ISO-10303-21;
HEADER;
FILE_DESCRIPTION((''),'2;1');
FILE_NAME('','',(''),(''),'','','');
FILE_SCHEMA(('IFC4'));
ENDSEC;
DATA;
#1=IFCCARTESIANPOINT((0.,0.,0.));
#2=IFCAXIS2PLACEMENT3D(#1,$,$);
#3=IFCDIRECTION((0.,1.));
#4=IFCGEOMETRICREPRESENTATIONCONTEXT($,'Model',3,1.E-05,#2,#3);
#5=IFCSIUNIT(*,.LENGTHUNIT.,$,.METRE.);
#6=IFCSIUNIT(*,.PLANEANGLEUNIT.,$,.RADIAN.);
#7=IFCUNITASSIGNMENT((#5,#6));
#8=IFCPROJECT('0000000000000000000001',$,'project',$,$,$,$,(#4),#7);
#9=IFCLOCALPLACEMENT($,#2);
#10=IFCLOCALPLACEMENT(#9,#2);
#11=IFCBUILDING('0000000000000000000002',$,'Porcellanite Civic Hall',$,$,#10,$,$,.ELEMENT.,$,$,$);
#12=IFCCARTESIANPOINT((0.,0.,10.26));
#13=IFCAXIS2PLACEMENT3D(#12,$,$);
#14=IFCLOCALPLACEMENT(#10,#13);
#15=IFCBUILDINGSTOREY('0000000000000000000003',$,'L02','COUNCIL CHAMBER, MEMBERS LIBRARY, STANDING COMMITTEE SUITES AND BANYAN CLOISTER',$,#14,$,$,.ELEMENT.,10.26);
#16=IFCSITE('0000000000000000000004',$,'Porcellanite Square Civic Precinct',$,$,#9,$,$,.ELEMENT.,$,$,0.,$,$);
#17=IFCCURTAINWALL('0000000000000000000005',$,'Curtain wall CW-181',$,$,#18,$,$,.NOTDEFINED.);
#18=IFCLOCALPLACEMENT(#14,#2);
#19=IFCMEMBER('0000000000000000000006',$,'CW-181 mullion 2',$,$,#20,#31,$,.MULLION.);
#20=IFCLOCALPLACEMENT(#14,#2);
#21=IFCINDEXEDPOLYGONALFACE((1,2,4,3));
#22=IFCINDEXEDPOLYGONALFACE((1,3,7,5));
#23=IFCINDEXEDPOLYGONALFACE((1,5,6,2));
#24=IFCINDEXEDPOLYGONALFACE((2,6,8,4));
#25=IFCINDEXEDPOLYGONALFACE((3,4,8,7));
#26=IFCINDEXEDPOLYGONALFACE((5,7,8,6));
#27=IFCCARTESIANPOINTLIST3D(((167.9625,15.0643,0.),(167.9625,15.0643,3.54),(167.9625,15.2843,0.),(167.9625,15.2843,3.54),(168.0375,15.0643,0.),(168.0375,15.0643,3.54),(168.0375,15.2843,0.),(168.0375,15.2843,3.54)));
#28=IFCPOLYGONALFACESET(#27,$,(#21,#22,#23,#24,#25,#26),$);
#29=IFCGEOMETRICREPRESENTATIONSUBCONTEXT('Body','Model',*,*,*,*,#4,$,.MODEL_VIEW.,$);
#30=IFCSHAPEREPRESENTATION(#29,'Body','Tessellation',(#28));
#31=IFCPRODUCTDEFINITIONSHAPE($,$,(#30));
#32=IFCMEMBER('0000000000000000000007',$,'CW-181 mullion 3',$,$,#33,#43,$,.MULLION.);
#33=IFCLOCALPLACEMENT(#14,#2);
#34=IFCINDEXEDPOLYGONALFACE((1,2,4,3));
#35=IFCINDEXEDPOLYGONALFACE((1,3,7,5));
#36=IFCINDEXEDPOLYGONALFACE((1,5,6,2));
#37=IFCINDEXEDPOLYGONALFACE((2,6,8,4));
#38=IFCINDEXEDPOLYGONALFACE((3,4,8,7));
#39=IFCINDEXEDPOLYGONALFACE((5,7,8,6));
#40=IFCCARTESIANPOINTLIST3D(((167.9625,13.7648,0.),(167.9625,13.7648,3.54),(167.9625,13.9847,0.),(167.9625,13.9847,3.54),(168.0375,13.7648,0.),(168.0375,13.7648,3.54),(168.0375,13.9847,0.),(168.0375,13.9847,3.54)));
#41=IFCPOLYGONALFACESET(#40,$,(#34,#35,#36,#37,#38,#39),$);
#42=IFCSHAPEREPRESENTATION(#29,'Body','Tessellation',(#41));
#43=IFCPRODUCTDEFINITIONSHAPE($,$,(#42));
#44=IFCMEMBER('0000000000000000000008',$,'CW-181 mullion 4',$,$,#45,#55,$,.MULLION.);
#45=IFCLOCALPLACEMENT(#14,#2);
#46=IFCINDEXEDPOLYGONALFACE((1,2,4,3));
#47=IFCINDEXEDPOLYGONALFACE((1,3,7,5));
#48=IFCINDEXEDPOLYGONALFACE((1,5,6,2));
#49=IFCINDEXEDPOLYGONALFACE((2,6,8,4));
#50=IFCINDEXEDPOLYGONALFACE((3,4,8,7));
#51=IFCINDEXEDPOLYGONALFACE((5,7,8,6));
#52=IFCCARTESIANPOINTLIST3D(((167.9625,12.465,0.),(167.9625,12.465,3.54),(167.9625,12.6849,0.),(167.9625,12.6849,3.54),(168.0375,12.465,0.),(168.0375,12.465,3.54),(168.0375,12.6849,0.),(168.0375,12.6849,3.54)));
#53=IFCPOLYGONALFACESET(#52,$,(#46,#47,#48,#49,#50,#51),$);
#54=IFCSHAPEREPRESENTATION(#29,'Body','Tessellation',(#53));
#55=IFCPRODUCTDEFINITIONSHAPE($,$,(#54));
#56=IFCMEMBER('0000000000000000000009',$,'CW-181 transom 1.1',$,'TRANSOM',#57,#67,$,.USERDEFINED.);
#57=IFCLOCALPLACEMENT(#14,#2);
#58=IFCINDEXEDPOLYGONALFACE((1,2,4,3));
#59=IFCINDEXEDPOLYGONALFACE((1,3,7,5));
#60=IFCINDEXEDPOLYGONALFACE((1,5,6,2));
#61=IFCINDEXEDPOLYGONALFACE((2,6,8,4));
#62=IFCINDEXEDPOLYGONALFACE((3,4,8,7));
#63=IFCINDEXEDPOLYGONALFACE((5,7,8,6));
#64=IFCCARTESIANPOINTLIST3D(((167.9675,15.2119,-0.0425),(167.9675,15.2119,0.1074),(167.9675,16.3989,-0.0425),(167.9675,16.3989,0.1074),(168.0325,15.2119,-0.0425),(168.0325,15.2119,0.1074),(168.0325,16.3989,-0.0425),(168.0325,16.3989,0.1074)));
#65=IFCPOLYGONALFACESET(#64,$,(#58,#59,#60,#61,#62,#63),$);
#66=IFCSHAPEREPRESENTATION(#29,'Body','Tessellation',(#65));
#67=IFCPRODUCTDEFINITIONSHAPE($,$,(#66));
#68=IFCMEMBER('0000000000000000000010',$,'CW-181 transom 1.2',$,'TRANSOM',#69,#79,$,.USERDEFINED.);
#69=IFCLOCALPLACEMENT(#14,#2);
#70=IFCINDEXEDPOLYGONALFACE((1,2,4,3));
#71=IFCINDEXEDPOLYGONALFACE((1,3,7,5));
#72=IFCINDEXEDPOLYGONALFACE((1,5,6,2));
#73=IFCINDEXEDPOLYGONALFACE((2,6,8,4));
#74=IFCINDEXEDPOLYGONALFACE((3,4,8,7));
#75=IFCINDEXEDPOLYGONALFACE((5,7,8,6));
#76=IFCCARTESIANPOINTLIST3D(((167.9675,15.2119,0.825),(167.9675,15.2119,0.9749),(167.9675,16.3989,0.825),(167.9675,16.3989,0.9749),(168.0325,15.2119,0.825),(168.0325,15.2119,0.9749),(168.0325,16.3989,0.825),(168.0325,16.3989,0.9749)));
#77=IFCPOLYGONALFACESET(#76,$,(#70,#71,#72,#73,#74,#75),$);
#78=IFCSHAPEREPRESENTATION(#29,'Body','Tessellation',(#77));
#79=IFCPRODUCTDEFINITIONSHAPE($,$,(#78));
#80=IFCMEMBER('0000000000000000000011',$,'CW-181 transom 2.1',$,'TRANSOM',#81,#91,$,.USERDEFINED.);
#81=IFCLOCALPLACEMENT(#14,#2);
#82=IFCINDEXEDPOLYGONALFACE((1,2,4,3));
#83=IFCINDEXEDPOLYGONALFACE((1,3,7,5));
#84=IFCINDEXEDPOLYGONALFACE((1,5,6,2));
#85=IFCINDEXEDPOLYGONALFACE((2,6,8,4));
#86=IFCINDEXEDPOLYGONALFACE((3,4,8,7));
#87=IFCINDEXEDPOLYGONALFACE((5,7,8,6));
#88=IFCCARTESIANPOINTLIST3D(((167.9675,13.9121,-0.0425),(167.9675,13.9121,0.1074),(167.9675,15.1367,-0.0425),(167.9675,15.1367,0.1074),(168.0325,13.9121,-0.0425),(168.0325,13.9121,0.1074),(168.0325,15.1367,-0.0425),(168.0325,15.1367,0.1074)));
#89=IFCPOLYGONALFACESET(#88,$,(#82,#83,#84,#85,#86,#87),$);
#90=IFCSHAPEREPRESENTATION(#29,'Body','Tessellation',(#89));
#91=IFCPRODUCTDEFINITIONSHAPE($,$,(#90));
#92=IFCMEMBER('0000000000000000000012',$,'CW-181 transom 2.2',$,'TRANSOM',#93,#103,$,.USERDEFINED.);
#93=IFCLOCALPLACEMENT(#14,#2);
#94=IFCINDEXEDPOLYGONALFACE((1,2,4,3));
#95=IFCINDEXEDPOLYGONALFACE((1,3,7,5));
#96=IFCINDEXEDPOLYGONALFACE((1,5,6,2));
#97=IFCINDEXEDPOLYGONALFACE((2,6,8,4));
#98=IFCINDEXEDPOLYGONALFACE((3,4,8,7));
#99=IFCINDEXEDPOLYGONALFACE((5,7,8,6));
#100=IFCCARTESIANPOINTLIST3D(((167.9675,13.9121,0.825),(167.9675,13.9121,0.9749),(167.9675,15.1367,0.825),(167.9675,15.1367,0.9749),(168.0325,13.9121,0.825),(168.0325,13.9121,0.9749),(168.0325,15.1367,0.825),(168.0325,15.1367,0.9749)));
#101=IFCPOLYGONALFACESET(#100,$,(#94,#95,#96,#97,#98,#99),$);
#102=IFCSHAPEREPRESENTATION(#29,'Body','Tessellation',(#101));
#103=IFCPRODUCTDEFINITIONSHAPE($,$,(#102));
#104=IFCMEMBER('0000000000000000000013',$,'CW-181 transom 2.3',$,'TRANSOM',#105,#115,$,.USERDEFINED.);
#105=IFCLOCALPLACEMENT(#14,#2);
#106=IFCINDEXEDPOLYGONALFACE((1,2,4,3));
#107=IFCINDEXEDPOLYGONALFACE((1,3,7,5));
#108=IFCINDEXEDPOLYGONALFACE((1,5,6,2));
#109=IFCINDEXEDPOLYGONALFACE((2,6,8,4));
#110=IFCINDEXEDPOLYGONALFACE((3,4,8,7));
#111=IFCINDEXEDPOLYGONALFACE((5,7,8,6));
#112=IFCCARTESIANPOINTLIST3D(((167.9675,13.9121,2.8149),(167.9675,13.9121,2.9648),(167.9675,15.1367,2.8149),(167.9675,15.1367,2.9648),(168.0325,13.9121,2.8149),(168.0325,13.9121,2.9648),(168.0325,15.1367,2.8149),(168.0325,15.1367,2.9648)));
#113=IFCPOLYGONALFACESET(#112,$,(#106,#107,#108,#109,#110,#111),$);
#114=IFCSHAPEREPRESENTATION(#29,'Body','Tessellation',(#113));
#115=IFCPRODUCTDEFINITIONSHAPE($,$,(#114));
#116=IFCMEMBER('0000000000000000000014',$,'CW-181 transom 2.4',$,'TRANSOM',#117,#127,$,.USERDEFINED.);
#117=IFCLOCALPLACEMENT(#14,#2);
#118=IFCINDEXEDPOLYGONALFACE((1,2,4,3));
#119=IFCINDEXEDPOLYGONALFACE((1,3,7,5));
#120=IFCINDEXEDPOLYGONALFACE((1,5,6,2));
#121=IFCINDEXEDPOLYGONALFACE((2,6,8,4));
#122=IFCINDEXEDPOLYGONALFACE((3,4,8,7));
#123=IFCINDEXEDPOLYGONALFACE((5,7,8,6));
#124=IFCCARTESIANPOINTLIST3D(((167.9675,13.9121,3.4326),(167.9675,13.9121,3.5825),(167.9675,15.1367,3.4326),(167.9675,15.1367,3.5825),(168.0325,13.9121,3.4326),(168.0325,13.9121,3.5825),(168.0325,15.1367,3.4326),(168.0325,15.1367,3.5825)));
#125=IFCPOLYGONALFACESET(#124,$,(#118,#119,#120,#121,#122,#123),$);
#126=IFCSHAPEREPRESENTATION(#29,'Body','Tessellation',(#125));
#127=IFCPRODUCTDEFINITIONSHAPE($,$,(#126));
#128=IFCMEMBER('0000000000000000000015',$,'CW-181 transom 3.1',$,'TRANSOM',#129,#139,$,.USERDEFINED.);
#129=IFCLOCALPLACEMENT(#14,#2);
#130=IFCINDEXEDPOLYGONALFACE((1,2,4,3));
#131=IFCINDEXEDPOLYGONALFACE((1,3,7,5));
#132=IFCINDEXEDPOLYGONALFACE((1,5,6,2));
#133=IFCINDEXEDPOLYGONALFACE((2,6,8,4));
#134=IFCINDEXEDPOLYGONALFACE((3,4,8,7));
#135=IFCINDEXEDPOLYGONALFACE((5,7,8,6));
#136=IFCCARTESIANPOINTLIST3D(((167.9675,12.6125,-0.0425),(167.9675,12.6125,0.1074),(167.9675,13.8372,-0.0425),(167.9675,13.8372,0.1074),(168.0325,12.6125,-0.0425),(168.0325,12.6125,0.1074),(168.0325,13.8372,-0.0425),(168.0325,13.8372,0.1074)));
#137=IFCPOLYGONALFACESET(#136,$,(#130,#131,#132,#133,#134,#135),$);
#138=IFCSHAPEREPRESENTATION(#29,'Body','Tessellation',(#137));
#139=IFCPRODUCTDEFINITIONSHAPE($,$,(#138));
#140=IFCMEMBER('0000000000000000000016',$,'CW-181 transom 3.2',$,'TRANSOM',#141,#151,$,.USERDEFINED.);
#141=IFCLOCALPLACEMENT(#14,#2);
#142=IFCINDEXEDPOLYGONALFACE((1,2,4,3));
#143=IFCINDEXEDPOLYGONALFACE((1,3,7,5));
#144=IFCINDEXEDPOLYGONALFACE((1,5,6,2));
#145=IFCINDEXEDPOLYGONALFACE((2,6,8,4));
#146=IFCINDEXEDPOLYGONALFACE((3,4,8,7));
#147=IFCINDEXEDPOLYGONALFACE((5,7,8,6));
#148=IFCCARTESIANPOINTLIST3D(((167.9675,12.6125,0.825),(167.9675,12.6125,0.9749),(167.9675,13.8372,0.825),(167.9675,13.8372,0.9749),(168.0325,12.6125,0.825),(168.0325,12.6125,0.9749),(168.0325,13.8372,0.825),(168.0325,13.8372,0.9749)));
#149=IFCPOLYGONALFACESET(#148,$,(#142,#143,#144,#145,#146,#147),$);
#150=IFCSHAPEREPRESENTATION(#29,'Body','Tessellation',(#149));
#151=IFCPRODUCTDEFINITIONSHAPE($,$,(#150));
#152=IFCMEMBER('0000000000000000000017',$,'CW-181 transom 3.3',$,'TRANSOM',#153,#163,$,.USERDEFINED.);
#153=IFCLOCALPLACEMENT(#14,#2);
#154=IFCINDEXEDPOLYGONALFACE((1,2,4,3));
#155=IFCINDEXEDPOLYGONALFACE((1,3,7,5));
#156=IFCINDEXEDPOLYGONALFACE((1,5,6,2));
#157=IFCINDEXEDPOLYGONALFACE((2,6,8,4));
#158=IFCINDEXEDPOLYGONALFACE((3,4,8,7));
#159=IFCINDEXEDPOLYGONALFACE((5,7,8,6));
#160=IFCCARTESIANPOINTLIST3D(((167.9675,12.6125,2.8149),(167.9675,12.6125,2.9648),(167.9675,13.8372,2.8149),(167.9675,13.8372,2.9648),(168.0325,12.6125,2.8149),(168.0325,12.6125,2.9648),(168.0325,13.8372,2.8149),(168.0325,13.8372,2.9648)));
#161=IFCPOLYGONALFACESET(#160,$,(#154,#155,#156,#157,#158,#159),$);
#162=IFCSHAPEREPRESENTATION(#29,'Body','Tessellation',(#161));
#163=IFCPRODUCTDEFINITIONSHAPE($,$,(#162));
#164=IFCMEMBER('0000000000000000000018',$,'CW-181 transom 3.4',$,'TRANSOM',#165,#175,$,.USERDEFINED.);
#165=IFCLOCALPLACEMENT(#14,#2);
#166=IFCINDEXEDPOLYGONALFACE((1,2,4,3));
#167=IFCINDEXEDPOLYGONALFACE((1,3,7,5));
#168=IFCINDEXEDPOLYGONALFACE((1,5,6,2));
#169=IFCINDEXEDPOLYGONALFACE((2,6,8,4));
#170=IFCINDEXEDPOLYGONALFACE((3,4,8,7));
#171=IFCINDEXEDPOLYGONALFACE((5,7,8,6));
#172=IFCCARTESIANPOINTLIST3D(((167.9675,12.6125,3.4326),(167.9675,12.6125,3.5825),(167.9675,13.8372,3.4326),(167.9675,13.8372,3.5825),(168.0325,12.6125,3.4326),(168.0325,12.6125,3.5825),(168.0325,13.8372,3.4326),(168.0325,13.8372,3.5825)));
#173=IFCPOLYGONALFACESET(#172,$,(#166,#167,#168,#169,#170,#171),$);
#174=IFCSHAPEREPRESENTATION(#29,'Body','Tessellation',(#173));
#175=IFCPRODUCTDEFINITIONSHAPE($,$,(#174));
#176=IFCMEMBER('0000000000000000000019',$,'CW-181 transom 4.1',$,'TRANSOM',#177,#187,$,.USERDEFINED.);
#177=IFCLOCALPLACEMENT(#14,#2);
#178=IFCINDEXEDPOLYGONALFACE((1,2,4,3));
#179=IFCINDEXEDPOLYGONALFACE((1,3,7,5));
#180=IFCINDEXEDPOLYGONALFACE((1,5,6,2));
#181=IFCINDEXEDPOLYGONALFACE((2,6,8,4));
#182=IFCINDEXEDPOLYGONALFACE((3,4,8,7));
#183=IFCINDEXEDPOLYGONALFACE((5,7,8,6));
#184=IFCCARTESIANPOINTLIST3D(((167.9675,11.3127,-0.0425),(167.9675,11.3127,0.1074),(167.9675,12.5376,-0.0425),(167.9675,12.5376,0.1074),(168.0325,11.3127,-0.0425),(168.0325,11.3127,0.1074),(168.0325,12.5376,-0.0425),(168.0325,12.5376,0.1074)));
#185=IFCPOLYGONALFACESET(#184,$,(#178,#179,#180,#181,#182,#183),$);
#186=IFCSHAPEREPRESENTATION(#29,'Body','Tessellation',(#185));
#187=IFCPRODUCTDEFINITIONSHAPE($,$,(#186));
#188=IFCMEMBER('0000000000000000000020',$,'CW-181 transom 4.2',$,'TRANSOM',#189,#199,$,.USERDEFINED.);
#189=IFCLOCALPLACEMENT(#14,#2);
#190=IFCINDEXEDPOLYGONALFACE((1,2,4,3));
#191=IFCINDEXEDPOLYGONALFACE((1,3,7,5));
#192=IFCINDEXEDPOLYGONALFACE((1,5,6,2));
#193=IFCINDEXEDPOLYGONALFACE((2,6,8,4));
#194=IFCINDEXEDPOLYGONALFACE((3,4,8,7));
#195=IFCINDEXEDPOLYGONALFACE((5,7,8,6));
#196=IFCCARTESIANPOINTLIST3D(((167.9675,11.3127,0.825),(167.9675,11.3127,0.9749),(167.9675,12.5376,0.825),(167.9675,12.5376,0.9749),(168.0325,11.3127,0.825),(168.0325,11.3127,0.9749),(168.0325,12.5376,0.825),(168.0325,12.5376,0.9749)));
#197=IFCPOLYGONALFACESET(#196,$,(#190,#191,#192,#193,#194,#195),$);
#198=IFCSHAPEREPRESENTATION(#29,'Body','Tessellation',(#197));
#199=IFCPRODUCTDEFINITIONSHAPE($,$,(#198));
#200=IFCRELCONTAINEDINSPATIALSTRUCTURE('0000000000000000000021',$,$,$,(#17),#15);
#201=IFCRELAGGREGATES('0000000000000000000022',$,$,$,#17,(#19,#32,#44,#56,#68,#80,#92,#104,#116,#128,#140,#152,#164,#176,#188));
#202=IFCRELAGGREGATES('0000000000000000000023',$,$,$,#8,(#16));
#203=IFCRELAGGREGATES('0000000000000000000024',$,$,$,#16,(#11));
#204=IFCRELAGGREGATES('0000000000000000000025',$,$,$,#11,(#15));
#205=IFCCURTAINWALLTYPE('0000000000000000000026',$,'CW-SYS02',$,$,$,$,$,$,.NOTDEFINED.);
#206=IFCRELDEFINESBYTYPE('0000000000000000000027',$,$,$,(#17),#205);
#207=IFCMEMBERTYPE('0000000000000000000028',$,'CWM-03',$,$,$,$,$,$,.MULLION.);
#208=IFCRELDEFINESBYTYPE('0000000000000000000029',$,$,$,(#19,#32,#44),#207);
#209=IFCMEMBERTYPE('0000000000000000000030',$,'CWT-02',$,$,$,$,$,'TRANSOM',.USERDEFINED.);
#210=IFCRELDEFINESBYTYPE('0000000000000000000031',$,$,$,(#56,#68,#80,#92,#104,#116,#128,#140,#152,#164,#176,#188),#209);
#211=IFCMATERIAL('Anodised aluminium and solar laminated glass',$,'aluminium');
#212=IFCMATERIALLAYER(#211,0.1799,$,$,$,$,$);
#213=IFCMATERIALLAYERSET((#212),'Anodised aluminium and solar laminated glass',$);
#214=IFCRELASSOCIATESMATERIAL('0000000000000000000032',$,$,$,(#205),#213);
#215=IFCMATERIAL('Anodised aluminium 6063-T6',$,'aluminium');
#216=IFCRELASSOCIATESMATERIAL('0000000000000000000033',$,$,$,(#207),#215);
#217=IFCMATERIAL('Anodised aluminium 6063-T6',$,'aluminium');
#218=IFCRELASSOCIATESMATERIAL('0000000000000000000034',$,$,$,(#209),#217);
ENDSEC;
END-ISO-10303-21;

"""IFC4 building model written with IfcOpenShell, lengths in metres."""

from ifc_helpers import new_model, si_unit, direction, frame, origin, origin_2d, place, context, subcontext, project, spatial, rectangle, extrude, material, layer, layer_set, material_profile, profile_set, type_object, element, aggregate, save


model = new_model("IFC4")

# Units and contexts
model_context = context("Model", 3, precision=1e-05, world=origin(), true_north=direction((0.0, 1.0)))
body_context = subcontext(model_context, "Body", "Model", "MODEL_VIEW")
ifc_project = project(units=[si_unit("LENGTHUNIT", "METRE"), si_unit("PLANEANGLEUNIT", "RADIAN")], contexts=[model_context])

# Site, building, storey
site_placement = place(None, origin())
site = spatial("IfcSite", under=ifc_project, at=site_placement, Name="Porcellanite Square Civic Precinct", CompositionType="ELEMENT", RefElevation=0.0)
building_placement = place(site_placement, origin())
building = spatial("IfcBuilding", under=site, at=building_placement, Name="Porcellanite Civic Hall", CompositionType="ELEMENT")
storey_placement = place(building_placement, frame((0.0, 0.0, 10.26)))
storey = spatial("IfcBuildingStorey", under=building, at=storey_placement, Name="L02", Description="COUNCIL CHAMBER, MEMBERS LIBRARY, STANDING COMMITTEE SUITES AND BANYAN CLOISTER", CompositionType="ELEMENT", Elevation=10.26)

# Curtain wall, members
ifc_material_1 = material(Name="Anodised aluminium and solar laminated glass", Category="aluminium")
ifc_layer_1 = layer(ifc_material_1, 0.1799)
ifc_layer_set_1 = layer_set([ifc_layer_1], Name="Anodised aluminium and solar laminated glass")
curtain_wall_type = type_object("IfcCurtainWallType", Name="CW-SYS02", PredefinedType="NOTDEFINED", material=ifc_layer_set_1)
curtain_wall_placement = place(storey_placement, origin())
curtain_wall = element("IfcCurtainWall", 1, at=curtain_wall_placement, inside=storey, type_object=curtain_wall_type, Name="Curtain wall CW-181", PredefinedType="NOTDEFINED")
ifc_material_2 = material(Name="Anodised aluminium 6063-T6", Category="aluminium")
ifc_material_profile_1 = material_profile(ifc_material_2, rectangle(XDim=0.075, YDim=0.22, at=origin_2d()), Name="AL-75x220")
ifc_profile_set_1 = profile_set([ifc_material_profile_1], Name="Anodised aluminium 6063-T6")
member_type_1 = type_object("IfcMemberType", Name="CWM-03", PredefinedType="MULLION", material=ifc_profile_set_1)
member_1_placement = place(storey_placement, frame((168.0, 15.1743, 0.0), z_axis=(0.0, 0.0, 1.0), x_axis=(1.0, 0.0, 0.0)))
member_1 = element("IfcMember", 2, at=member_1_placement, type_object=member_type_1, Name="CW-181 mullion 2", PredefinedType="MULLION", context=body_context, shape_type="SweptSolid", body=[
    extrude(rectangle(XDim=0.075, YDim=0.22, at=origin_2d()), origin(), (0.0, 0.0, 1.0), 3.54),
])
member_2_placement = place(storey_placement, frame((168.0, 13.8748, 0.0), z_axis=(0.0, 0.0, 1.0), x_axis=(1.0, 0.0, 0.0)))
member_2 = element("IfcMember", 3, at=member_2_placement, type_object=member_type_1, Name="CW-181 mullion 3", PredefinedType="MULLION", context=body_context, shape_type="SweptSolid", body=[
    extrude(rectangle(XDim=0.075, YDim=0.22, at=origin_2d()), origin(), (0.0, 0.0, 1.0), 3.54),
])
member_3_placement = place(storey_placement, frame((168.0, 12.575, 0.0), z_axis=(0.0, 0.0, 1.0), x_axis=(1.0, 0.0, 0.0)))
member_3 = element("IfcMember", 4, at=member_3_placement, type_object=member_type_1, Name="CW-181 mullion 4", PredefinedType="MULLION", context=body_context, shape_type="SweptSolid", body=[
    extrude(rectangle(XDim=0.075, YDim=0.22, at=origin_2d()), origin(), (0.0, 0.0, 1.0), 3.54),
])
ifc_material_3 = material(Name="Anodised aluminium 6063-T6", Category="aluminium")
ifc_material_profile_2 = material_profile(ifc_material_3, rectangle(XDim=0.0649, YDim=0.1499, at=origin_2d()), Name="AL-65x150")
ifc_profile_set_2 = profile_set([ifc_material_profile_2], Name="Anodised aluminium 6063-T6")
member_type_2 = type_object("IfcMemberType", Name="CWT-02", ElementType="TRANSOM", PredefinedType="USERDEFINED", material=ifc_profile_set_2)
member_4_placement = place(storey_placement, frame((168.0, 16.3989, 0.0325), z_axis=(0.0, -1.0, 0.0), x_axis=(1.0, 0.0, 0.0)))
member_4 = element("IfcMember", 5, at=member_4_placement, type_object=member_type_2, Name="CW-181 transom 1.1", ObjectType="TRANSOM", PredefinedType="USERDEFINED", context=body_context, shape_type="SweptSolid", body=[
    extrude(rectangle(XDim=0.0649, YDim=0.1499, at=origin_2d()), origin(), (0.0, 0.0, 1.0), 1.187),
])
member_5_placement = place(storey_placement, frame((168.0, 16.3989, 0.8999), z_axis=(0.0, -1.0, 0.0), x_axis=(1.0, 0.0, 0.0)))
member_5 = element("IfcMember", 6, at=member_5_placement, type_object=member_type_2, Name="CW-181 transom 1.2", ObjectType="TRANSOM", PredefinedType="USERDEFINED", context=body_context, shape_type="SweptSolid", body=[
    extrude(rectangle(XDim=0.0649, YDim=0.1499, at=origin_2d()), origin(), (0.0, 0.0, 1.0), 1.187),
])
member_6_placement = place(storey_placement, frame((168.0, 15.1367, 0.0325), z_axis=(0.0, -1.0, 0.0), x_axis=(1.0, 0.0, 0.0)))
member_6 = element("IfcMember", 7, at=member_6_placement, type_object=member_type_2, Name="CW-181 transom 2.1", ObjectType="TRANSOM", PredefinedType="USERDEFINED", context=body_context, shape_type="SweptSolid", body=[
    extrude(rectangle(XDim=0.0649, YDim=0.1499, at=origin_2d()), origin(), (0.0, 0.0, 1.0), 1.2246),
])
member_7_placement = place(storey_placement, frame((168.0, 15.1367, 0.8999), z_axis=(0.0, -1.0, 0.0), x_axis=(1.0, 0.0, 0.0)))
member_7 = element("IfcMember", 8, at=member_7_placement, type_object=member_type_2, Name="CW-181 transom 2.2", ObjectType="TRANSOM", PredefinedType="USERDEFINED", context=body_context, shape_type="SweptSolid", body=[
    extrude(rectangle(XDim=0.0649, YDim=0.1499, at=origin_2d()), origin(), (0.0, 0.0, 1.0), 1.2246),
])
member_8_placement = place(storey_placement, frame((168.0, 15.1367, 2.8899), z_axis=(0.0, -1.0, 0.0), x_axis=(1.0, 0.0, 0.0)))
member_8 = element("IfcMember", 9, at=member_8_placement, type_object=member_type_2, Name="CW-181 transom 2.3", ObjectType="TRANSOM", PredefinedType="USERDEFINED", context=body_context, shape_type="SweptSolid", body=[
    extrude(rectangle(XDim=0.0649, YDim=0.1499, at=origin_2d()), origin(), (0.0, 0.0, 1.0), 1.2246),
])
member_9_placement = place(storey_placement, frame((168.0, 15.1367, 3.5076), z_axis=(0.0, -1.0, 0.0), x_axis=(1.0, 0.0, 0.0)))
member_9 = element("IfcMember", 10, at=member_9_placement, type_object=member_type_2, Name="CW-181 transom 2.4", ObjectType="TRANSOM", PredefinedType="USERDEFINED", context=body_context, shape_type="SweptSolid", body=[
    extrude(rectangle(XDim=0.0649, YDim=0.1499, at=origin_2d()), origin(), (0.0, 0.0, 1.0), 1.2246),
])
member_10_placement = place(storey_placement, frame((168.0, 13.8372, 0.0325), z_axis=(0.0, -1.0, 0.0), x_axis=(1.0, 0.0, 0.0)))
member_10 = element("IfcMember", 11, at=member_10_placement, type_object=member_type_2, Name="CW-181 transom 3.1", ObjectType="TRANSOM", PredefinedType="USERDEFINED", context=body_context, shape_type="SweptSolid", body=[
    extrude(rectangle(XDim=0.0649, YDim=0.1499, at=origin_2d()), origin(), (0.0, 0.0, 1.0), 1.2246),
])
member_11_placement = place(storey_placement, frame((168.0, 13.8372, 0.8999), z_axis=(0.0, -1.0, 0.0), x_axis=(1.0, 0.0, 0.0)))
member_11 = element("IfcMember", 12, at=member_11_placement, type_object=member_type_2, Name="CW-181 transom 3.2", ObjectType="TRANSOM", PredefinedType="USERDEFINED", context=body_context, shape_type="SweptSolid", body=[
    extrude(rectangle(XDim=0.0649, YDim=0.1499, at=origin_2d()), origin(), (0.0, 0.0, 1.0), 1.2246),
])
member_12_placement = place(storey_placement, frame((168.0, 13.8372, 2.8899), z_axis=(0.0, -1.0, 0.0), x_axis=(1.0, 0.0, 0.0)))
member_12 = element("IfcMember", 13, at=member_12_placement, type_object=member_type_2, Name="CW-181 transom 3.3", ObjectType="TRANSOM", PredefinedType="USERDEFINED", context=body_context, shape_type="SweptSolid", body=[
    extrude(rectangle(XDim=0.0649, YDim=0.1499, at=origin_2d()), origin(), (0.0, 0.0, 1.0), 1.2246),
])
member_13_placement = place(storey_placement, frame((168.0, 13.8372, 3.5076), z_axis=(0.0, -1.0, 0.0), x_axis=(1.0, 0.0, 0.0)))
member_13 = element("IfcMember", 14, at=member_13_placement, type_object=member_type_2, Name="CW-181 transom 3.4", ObjectType="TRANSOM", PredefinedType="USERDEFINED", context=body_context, shape_type="SweptSolid", body=[
    extrude(rectangle(XDim=0.0649, YDim=0.1499, at=origin_2d()), origin(), (0.0, 0.0, 1.0), 1.2246),
])
member_14_placement = place(storey_placement, frame((168.0, 12.5376, 0.0325), z_axis=(0.0, -1.0, 0.0), x_axis=(1.0, 0.0, 0.0)))
member_14 = element("IfcMember", 15, at=member_14_placement, type_object=member_type_2, Name="CW-181 transom 4.1", ObjectType="TRANSOM", PredefinedType="USERDEFINED", context=body_context, shape_type="SweptSolid", body=[
    extrude(rectangle(XDim=0.0649, YDim=0.1499, at=origin_2d()), origin(), (0.0, 0.0, 1.0), 1.2249),
])
member_15_placement = place(storey_placement, frame((168.0, 12.5376, 0.8999), z_axis=(0.0, -1.0, 0.0), x_axis=(1.0, 0.0, 0.0)))
member_15 = element("IfcMember", 16, at=member_15_placement, type_object=member_type_2, Name="CW-181 transom 4.2", ObjectType="TRANSOM", PredefinedType="USERDEFINED", context=body_context, shape_type="SweptSolid", body=[
    extrude(rectangle(XDim=0.0649, YDim=0.1499, at=origin_2d()), origin(), (0.0, 0.0, 1.0), 1.2249),
])
aggregate(curtain_wall, [member_1, member_2, member_3, member_4, member_5, member_6, member_7, member_8, member_9, member_10, member_11, member_12, member_13, member_14, member_15])

save(model, "model.ifc")
